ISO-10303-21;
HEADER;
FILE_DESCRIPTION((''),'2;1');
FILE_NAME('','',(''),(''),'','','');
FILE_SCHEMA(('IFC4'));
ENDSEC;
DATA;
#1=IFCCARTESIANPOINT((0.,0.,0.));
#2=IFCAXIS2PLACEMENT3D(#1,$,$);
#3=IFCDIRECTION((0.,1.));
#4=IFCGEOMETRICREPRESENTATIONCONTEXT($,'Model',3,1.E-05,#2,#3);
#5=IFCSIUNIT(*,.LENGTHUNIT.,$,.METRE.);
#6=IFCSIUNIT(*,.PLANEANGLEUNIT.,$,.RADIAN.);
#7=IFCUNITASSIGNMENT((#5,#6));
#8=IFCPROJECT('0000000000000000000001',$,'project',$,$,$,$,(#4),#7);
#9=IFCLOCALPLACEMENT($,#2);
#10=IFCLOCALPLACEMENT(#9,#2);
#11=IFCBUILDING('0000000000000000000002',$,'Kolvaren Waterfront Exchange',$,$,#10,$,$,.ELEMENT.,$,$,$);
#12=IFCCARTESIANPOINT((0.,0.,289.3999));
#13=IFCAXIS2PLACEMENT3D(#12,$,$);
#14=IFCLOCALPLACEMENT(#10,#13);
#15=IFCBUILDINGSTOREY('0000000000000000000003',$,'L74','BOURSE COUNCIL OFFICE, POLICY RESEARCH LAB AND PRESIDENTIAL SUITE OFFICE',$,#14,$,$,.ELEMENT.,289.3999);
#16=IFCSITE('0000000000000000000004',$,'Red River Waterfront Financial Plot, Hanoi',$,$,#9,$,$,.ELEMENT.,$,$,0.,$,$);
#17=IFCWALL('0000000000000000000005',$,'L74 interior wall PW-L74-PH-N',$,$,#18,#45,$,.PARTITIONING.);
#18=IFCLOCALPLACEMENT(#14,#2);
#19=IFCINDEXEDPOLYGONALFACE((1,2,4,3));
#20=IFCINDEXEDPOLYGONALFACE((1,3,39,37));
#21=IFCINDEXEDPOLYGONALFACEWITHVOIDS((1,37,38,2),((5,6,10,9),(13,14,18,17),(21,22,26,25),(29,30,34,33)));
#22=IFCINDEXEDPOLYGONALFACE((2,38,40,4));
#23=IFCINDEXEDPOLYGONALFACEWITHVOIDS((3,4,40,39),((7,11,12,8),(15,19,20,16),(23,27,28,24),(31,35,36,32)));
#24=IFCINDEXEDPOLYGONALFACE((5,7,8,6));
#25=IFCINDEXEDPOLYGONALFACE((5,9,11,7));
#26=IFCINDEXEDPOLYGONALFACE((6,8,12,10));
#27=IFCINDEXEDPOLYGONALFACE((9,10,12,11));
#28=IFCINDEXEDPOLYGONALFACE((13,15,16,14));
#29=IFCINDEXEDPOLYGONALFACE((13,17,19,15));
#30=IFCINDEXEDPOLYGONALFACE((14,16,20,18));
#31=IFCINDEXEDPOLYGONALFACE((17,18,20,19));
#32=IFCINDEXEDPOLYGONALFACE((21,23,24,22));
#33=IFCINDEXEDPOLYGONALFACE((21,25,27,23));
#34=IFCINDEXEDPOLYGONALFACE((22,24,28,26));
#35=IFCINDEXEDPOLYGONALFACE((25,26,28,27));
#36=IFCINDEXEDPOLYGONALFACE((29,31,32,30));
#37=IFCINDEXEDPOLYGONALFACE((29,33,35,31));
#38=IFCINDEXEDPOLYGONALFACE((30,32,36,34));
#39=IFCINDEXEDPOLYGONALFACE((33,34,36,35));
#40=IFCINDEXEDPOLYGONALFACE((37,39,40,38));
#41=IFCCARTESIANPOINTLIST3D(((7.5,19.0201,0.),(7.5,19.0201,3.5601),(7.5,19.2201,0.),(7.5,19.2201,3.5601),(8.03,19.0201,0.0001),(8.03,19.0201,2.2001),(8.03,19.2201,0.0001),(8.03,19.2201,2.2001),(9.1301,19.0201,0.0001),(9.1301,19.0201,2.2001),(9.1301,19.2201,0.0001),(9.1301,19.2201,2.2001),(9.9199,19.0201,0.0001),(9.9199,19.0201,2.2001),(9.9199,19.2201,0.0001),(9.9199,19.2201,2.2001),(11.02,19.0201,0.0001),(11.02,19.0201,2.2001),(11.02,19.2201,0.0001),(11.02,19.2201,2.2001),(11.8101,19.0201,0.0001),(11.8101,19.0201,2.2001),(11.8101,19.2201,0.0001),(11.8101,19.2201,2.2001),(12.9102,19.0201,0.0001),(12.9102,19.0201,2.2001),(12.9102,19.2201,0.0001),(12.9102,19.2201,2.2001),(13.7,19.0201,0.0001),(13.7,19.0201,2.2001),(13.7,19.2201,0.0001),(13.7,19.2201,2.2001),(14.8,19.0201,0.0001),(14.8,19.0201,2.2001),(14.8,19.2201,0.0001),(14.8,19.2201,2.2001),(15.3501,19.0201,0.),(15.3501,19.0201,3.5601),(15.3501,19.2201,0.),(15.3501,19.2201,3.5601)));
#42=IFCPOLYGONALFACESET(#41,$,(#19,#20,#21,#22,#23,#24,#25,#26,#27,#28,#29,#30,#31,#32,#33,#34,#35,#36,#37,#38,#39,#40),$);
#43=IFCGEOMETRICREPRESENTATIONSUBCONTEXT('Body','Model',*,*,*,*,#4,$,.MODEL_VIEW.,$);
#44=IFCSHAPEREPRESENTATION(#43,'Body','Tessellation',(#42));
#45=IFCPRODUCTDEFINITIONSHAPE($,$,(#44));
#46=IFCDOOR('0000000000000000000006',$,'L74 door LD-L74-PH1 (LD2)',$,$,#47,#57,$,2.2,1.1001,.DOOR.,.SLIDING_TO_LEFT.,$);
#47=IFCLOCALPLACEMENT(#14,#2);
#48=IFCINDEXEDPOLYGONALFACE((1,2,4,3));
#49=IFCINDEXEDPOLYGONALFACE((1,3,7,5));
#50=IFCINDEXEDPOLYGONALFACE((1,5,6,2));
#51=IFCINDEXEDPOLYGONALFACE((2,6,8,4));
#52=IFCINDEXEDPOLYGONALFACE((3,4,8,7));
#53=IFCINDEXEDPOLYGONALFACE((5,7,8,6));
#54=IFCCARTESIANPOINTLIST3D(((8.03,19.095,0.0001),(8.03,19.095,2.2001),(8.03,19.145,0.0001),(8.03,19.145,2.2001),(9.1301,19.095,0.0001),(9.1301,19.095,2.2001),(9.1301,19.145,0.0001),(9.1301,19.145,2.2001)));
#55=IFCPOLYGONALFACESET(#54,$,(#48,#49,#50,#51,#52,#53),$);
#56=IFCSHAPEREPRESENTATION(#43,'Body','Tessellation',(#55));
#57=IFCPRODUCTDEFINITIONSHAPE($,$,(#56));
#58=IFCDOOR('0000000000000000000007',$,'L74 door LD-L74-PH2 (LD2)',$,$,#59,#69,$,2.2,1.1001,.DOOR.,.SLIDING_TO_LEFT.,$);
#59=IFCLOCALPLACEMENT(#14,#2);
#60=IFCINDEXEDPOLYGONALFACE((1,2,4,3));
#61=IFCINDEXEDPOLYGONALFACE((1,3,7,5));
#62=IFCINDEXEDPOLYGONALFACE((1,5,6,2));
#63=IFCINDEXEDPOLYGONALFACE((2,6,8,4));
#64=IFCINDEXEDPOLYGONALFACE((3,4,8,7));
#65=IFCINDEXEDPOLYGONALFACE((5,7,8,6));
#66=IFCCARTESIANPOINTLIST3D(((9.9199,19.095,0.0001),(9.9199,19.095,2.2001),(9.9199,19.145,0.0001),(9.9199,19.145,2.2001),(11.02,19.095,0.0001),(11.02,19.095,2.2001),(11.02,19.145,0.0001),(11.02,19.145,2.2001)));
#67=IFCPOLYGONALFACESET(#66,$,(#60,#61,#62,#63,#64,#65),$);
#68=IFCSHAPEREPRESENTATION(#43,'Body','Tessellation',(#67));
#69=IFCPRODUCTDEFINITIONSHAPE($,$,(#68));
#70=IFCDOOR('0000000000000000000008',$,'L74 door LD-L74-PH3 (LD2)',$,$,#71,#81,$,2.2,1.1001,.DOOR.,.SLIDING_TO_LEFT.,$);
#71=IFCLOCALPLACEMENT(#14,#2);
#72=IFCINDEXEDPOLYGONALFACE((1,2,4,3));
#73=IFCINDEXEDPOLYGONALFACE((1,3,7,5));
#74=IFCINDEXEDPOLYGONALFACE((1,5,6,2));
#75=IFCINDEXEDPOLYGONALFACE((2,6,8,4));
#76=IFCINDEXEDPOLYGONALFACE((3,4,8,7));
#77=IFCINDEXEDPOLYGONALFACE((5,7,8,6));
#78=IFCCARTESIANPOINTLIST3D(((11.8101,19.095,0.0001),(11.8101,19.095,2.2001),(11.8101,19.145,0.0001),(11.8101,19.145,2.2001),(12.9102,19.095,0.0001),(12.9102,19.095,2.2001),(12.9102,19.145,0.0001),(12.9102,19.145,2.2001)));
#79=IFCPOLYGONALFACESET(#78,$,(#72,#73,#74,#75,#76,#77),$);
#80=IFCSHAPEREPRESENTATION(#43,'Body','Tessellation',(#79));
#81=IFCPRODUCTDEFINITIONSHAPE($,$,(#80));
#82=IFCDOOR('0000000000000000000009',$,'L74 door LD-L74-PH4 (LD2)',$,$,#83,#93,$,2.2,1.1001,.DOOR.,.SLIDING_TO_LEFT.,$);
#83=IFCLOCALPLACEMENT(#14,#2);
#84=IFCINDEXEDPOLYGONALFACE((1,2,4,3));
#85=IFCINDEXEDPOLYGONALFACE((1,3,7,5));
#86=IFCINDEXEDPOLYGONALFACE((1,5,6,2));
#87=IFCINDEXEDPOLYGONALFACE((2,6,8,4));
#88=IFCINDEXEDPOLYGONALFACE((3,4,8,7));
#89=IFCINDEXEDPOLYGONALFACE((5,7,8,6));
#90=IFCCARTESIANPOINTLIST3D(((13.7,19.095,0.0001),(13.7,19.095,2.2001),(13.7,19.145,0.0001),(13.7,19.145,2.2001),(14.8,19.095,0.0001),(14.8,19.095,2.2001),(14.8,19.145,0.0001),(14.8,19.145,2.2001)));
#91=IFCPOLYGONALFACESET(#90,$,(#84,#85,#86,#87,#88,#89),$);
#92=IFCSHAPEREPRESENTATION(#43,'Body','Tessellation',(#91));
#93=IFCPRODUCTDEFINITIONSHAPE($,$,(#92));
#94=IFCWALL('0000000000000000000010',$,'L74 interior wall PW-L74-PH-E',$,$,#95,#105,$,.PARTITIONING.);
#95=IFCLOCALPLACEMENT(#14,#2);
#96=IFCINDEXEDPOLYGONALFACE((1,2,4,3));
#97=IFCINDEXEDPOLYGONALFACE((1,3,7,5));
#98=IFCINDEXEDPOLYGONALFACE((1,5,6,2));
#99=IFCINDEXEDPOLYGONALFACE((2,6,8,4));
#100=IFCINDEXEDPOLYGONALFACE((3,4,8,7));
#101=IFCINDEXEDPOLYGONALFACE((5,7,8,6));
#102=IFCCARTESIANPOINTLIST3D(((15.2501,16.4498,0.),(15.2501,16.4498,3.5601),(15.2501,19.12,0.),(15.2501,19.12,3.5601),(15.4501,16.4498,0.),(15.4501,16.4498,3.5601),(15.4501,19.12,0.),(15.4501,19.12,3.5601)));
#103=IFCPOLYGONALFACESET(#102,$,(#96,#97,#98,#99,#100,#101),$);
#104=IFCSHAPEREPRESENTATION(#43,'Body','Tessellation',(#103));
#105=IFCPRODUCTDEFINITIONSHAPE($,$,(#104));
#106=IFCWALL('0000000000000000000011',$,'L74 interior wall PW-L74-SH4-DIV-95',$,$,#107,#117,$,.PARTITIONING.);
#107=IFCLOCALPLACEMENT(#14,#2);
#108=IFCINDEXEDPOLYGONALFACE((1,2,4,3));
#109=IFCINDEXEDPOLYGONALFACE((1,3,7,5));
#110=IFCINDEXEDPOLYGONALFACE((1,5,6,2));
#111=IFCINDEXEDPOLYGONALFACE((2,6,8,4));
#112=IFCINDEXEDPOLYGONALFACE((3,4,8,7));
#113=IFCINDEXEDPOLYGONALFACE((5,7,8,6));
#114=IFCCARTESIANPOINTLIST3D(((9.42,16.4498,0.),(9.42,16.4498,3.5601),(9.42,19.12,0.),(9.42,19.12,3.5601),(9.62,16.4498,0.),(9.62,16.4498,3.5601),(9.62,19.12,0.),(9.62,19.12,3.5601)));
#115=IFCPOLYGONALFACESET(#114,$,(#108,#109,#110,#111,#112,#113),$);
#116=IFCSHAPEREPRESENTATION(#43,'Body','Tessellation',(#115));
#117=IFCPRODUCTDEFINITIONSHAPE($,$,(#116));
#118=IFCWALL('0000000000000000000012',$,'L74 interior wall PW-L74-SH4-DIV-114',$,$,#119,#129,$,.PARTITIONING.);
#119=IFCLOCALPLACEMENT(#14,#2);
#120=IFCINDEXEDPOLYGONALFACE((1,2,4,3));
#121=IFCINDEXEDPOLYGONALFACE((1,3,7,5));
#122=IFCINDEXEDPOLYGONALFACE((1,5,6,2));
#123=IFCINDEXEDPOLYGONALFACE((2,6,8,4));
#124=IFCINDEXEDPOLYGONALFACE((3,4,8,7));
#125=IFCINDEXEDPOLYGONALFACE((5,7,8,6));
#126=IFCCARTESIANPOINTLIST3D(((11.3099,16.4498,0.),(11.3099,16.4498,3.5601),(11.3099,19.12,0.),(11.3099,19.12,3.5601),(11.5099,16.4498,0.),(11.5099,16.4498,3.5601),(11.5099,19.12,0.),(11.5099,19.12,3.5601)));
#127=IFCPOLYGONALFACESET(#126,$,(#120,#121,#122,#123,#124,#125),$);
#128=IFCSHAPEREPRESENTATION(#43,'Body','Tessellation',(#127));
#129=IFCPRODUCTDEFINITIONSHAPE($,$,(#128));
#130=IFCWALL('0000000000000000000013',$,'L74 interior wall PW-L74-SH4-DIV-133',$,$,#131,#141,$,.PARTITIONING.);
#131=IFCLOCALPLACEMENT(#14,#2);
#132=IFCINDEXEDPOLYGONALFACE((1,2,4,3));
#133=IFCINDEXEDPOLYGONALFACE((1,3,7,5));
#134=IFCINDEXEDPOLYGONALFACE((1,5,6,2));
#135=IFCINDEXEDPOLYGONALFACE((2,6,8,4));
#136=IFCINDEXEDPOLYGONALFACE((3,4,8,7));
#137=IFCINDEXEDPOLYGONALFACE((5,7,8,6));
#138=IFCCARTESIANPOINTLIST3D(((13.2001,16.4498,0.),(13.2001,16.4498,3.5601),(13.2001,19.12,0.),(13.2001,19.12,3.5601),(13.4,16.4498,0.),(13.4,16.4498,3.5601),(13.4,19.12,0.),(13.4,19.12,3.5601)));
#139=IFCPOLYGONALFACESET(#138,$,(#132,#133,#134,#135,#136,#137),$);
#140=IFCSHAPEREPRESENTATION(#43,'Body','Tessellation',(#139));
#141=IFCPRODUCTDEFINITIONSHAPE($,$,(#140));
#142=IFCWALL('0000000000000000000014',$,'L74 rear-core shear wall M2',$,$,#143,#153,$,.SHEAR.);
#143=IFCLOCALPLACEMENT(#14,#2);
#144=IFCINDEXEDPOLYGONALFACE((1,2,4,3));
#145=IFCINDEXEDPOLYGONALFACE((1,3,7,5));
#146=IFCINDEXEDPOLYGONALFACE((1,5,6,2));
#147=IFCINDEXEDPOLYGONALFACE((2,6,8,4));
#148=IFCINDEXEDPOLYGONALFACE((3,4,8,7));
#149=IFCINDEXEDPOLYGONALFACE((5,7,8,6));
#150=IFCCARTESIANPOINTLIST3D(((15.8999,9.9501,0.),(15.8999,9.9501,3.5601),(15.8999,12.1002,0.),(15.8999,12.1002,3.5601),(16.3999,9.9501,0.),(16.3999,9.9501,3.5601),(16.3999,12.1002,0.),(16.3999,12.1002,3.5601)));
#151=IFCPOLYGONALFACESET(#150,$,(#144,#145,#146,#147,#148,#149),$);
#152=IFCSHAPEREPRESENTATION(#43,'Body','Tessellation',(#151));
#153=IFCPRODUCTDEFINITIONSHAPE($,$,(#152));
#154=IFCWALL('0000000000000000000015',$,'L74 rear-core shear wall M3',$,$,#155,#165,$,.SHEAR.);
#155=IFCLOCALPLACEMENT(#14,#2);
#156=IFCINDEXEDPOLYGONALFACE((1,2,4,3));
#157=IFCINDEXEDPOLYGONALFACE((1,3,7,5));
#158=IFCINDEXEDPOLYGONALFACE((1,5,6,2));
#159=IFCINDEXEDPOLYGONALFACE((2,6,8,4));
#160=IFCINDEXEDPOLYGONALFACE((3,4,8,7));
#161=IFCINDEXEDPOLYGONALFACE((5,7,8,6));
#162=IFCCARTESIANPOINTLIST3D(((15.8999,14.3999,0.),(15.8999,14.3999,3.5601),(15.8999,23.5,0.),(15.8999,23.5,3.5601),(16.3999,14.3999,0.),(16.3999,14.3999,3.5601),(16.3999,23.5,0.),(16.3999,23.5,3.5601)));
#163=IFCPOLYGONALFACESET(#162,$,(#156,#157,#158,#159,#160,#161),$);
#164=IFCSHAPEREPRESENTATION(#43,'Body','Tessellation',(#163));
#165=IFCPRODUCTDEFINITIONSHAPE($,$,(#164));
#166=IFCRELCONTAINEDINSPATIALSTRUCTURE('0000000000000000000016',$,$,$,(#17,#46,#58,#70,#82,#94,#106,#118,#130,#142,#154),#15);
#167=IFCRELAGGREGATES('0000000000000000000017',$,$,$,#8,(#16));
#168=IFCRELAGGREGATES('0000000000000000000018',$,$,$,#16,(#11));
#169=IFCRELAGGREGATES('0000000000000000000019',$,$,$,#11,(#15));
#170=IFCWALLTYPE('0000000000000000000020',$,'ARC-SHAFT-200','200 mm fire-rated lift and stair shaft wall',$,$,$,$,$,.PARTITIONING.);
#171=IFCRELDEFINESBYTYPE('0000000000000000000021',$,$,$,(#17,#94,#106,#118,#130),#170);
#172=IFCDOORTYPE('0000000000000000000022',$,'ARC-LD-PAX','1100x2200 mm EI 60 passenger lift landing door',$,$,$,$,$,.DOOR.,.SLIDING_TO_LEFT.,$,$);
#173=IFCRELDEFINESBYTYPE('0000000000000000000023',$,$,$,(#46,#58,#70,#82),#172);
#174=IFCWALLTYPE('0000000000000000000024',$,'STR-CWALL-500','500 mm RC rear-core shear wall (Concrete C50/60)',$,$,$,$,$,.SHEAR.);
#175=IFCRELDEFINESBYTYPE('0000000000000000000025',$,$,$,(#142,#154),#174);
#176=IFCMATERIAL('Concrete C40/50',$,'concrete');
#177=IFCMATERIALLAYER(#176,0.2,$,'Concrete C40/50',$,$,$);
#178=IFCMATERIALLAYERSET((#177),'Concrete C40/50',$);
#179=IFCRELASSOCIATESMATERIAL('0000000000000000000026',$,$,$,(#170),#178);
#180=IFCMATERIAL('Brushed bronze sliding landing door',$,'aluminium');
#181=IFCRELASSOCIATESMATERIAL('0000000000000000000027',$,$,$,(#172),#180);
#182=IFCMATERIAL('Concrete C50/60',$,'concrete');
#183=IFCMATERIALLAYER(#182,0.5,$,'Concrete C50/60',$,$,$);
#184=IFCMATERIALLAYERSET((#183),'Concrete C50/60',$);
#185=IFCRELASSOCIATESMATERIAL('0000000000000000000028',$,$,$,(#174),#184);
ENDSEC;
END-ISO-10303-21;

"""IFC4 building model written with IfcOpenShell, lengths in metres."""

from ifc_helpers import new_model, si_unit, direction, frame, frame_2d, origin, place, context, subcontext, project, spatial, rectangle, extrude, material, layer, layer_set, type_object, element, fill, save


model = new_model("IFC4")

# Units and contexts
model_context = context("Model", 3, precision=1e-05, world=origin(), true_north=direction((0.0, 1.0)))
body_context = subcontext(model_context, "Body", "Model", "MODEL_VIEW")
ifc_project = project(units=[si_unit("LENGTHUNIT", "METRE"), si_unit("PLANEANGLEUNIT", "RADIAN")], contexts=[model_context])

# Site, building, storey
site_placement = place(None, origin())
site = spatial("IfcSite", under=ifc_project, at=site_placement, Name="Red River Waterfront Financial Plot, Hanoi", CompositionType="ELEMENT", RefElevation=0.0)
building_placement = place(site_placement, origin())
building = spatial("IfcBuilding", under=site, at=building_placement, Name="Kolvaren Waterfront Exchange", CompositionType="ELEMENT")
storey_placement = place(building_placement, frame((0.0, 0.0, 289.3999)))
storey = spatial("IfcBuildingStorey", under=building, at=storey_placement, Name="L74", Description="BOURSE COUNCIL OFFICE, POLICY RESEARCH LAB AND PRESIDENTIAL SUITE OFFICE", CompositionType="ELEMENT", Elevation=289.3999)

# Wall, openings, doors
ifc_material_1 = material(Name="Concrete C40/50", Category="concrete")
ifc_layer_1 = layer(ifc_material_1, 0.2, Name="Concrete C40/50")
ifc_layer_set_1 = layer_set([ifc_layer_1], Name="Concrete C40/50")
wall_type_1 = type_object("IfcWallType", Name="ARC-SHAFT-200", Description="200 mm fire-rated lift and stair shaft wall", PredefinedType="PARTITIONING", material=ifc_layer_set_1)
wall_1_placement = place(storey_placement, frame((7.5, 19.1201, 0.0), z_axis=(0.0, 0.0, 1.0), x_axis=(1.0, 0.0, 0.0)))
wall_1 = element("IfcWall", 1, at=wall_1_placement, inside=storey, type_object=wall_type_1, Name="L74 interior wall PW-L74-PH-N", PredefinedType="PARTITIONING", context=body_context, shape_type="SweptSolid", body=[
    extrude(rectangle(XDim=7.8501, YDim=0.2, at=frame_2d((3.925, 0.0))), origin(), (0.0, 0.0, 1.0), 3.5601),
])
opening_1_placement = place(wall_1_placement, frame((0.53, 0.0, 0.0)))
opening_1 = element("IfcOpeningElement", 2, at=opening_1_placement, cuts=wall_1, PredefinedType="OPENING", context=body_context, shape_type="SweptSolid", body=[
    extrude(rectangle(XDim=1.1001, YDim=2.2, at=frame_2d((0.55, 1.1001))), frame((0.0, 0.1099, 0.0), z_axis=(0.0, -1.0, 0.0), x_axis=(1.0, 0.0, 0.0)), (0.0, 0.0, 1.0), 0.22),
])
opening_2_placement = place(wall_1_placement, frame((2.4199, 0.0, 0.0)))
opening_2 = element("IfcOpeningElement", 3, at=opening_2_placement, cuts=wall_1, PredefinedType="OPENING", context=body_context, shape_type="SweptSolid", body=[
    extrude(rectangle(XDim=1.1001, YDim=2.2, at=frame_2d((0.55, 1.1001))), frame((0.0, 0.1099, 0.0), z_axis=(0.0, -1.0, 0.0), x_axis=(1.0, 0.0, 0.0)), (0.0, 0.0, 1.0), 0.22),
])
opening_3_placement = place(wall_1_placement, frame((4.3101, 0.0, 0.0)))
opening_3 = element("IfcOpeningElement", 4, at=opening_3_placement, cuts=wall_1, PredefinedType="OPENING", context=body_context, shape_type="SweptSolid", body=[
    extrude(rectangle(XDim=1.1001, YDim=2.2, at=frame_2d((0.55, 1.1001))), frame((0.0, 0.1099, 0.0), z_axis=(0.0, -1.0, 0.0), x_axis=(1.0, 0.0, 0.0)), (0.0, 0.0, 1.0), 0.22),
])
opening_4_placement = place(wall_1_placement, frame((6.2, 0.0, 0.0)))
opening_4 = element("IfcOpeningElement", 5, at=opening_4_placement, cuts=wall_1, PredefinedType="OPENING", context=body_context, shape_type="SweptSolid", body=[
    extrude(rectangle(XDim=1.1001, YDim=2.2, at=frame_2d((0.55, 1.1001))), frame((0.0, 0.1099, 0.0), z_axis=(0.0, -1.0, 0.0), x_axis=(1.0, 0.0, 0.0)), (0.0, 0.0, 1.0), 0.22),
])
ifc_material_2 = material(Name="Brushed bronze sliding landing door", Category="aluminium")
door_type_1 = type_object("IfcDoorType", Name="ARC-LD-PAX", Description="1100x2200 mm EI 60 passenger lift landing door", OperationType="SLIDING_TO_LEFT", PredefinedType="DOOR", material=ifc_material_2)
door_1_placement = place(opening_1_placement, origin())
door_1 = element("IfcDoor", 6, at=door_1_placement, inside=storey, type_object=door_type_1, Name="L74 door LD-L74-PH1 (LD2)", OperationType="SLIDING_TO_LEFT", OverallHeight=2.2, OverallWidth=1.1001, PredefinedType="DOOR", context=body_context, shape_type="SweptSolid", body=[
    extrude(rectangle(XDim=1.1001, YDim=2.2, at=frame_2d((0.55, 1.1001))), frame((0.0, 0.0249, 0.0), z_axis=(0.0, -1.0, 0.0), x_axis=(1.0, 0.0, 0.0)), (0.0, 0.0, 1.0), 0.05),
])
fill(opening_1, door_1)
door_2_placement = place(opening_2_placement, origin())
door_2 = element("IfcDoor", 7, at=door_2_placement, inside=storey, type_object=door_type_1, Name="L74 door LD-L74-PH2 (LD2)", OperationType="SLIDING_TO_LEFT", OverallHeight=2.2, OverallWidth=1.1001, PredefinedType="DOOR", context=body_context, shape_type="SweptSolid", body=[
    extrude(rectangle(XDim=1.1001, YDim=2.2, at=frame_2d((0.55, 1.1001))), frame((0.0, 0.0249, 0.0), z_axis=(0.0, -1.0, 0.0), x_axis=(1.0, 0.0, 0.0)), (0.0, 0.0, 1.0), 0.05),
])
fill(opening_2, door_2)
door_3_placement = place(opening_3_placement, origin())
door_3 = element("IfcDoor", 8, at=door_3_placement, inside=storey, type_object=door_type_1, Name="L74 door LD-L74-PH3 (LD2)", OperationType="SLIDING_TO_LEFT", OverallHeight=2.2, OverallWidth=1.1001, PredefinedType="DOOR", context=body_context, shape_type="SweptSolid", body=[
    extrude(rectangle(XDim=1.1001, YDim=2.2, at=frame_2d((0.55, 1.1001))), frame((0.0, 0.0249, 0.0), z_axis=(0.0, -1.0, 0.0), x_axis=(1.0, 0.0, 0.0)), (0.0, 0.0, 1.0), 0.05),
])
fill(opening_3, door_3)
door_4_placement = place(opening_4_placement, origin())
door_4 = element("IfcDoor", 9, at=door_4_placement, inside=storey, type_object=door_type_1, Name="L74 door LD-L74-PH4 (LD2)", OperationType="SLIDING_TO_LEFT", OverallHeight=2.2, OverallWidth=1.1001, PredefinedType="DOOR", context=body_context, shape_type="SweptSolid", body=[
    extrude(rectangle(XDim=1.1001, YDim=2.2, at=frame_2d((0.55, 1.1001))), frame((0.0, 0.0249, 0.0), z_axis=(0.0, -1.0, 0.0), x_axis=(1.0, 0.0, 0.0)), (0.0, 0.0, 1.0), 0.05),
])
fill(opening_4, door_4)

# Walls
for number, where, z_axis, x_axis, name in (
    (10, (15.3501, 16.45, 0.0), (0.0, 0.0, 1.0), (0.0, 1.0, 0.0), "L74 interior wall PW-L74-PH-E"),
    (11, (9.52, 16.45, 0.0), (0.0, 0.0, 1.0), (0.0, 1.0, 0.0), "L74 interior wall PW-L74-SH4-DIV-95"),
    (12, (11.4099, 16.45, 0.0), (0.0, 0.0, 1.0), (0.0, 1.0, 0.0), "L74 interior wall PW-L74-SH4-DIV-114"),
    (13, (13.3, 16.45, 0.0), (0.0, 0.0, 1.0), (0.0, 1.0, 0.0), "L74 interior wall PW-L74-SH4-DIV-133"),
):
    element("IfcWall", number, at=place(storey_placement, frame(where, z_axis=z_axis, x_axis=x_axis)), inside=storey, type_object=wall_type_1, Name=name, PredefinedType="PARTITIONING", context=body_context, shape_type="SweptSolid", body=[
        extrude(rectangle(XDim=2.6702, YDim=0.2, at=frame_2d((1.335, 0.0))), origin(), (0.0, 0.0, 1.0), 3.5601),
    ])
ifc_material_3 = material(Name="Concrete C50/60", Category="concrete")
ifc_layer_2 = layer(ifc_material_3, 0.5, Name="Concrete C50/60")
ifc_layer_set_2 = layer_set([ifc_layer_2], Name="Concrete C50/60")
wall_type_2 = type_object("IfcWallType", Name="STR-CWALL-500", Description="500 mm RC rear-core shear wall (Concrete C50/60)", PredefinedType="SHEAR", material=ifc_layer_set_2)
wall_2_placement = place(storey_placement, frame((16.1499, 9.95, 0.0), z_axis=(0.0, 0.0, 1.0), x_axis=(0.0, 1.0, 0.0)))
element("IfcWall", 14, at=wall_2_placement, inside=storey, type_object=wall_type_2, Name="L74 rear-core shear wall M2", PredefinedType="SHEAR", context=body_context, shape_type="SweptSolid", body=[
    extrude(rectangle(XDim=2.1501, YDim=0.5, at=frame_2d((1.0752, 0.0))), origin(), (0.0, 0.0, 1.0), 3.5601),
])
wall_3_placement = place(storey_placement, frame((16.1499, 14.3999, 0.0), z_axis=(0.0, 0.0, 1.0), x_axis=(0.0, 1.0, 0.0)))
element("IfcWall", 15, at=wall_3_placement, inside=storey, type_object=wall_type_2, Name="L74 rear-core shear wall M3", PredefinedType="SHEAR", context=body_context, shape_type="SweptSolid", body=[
    extrude(rectangle(XDim=9.1001, YDim=0.5, at=frame_2d((4.55, 0.0))), origin(), (0.0, 0.0, 1.0), 3.5601),
])

save(model, "model.ifc")
